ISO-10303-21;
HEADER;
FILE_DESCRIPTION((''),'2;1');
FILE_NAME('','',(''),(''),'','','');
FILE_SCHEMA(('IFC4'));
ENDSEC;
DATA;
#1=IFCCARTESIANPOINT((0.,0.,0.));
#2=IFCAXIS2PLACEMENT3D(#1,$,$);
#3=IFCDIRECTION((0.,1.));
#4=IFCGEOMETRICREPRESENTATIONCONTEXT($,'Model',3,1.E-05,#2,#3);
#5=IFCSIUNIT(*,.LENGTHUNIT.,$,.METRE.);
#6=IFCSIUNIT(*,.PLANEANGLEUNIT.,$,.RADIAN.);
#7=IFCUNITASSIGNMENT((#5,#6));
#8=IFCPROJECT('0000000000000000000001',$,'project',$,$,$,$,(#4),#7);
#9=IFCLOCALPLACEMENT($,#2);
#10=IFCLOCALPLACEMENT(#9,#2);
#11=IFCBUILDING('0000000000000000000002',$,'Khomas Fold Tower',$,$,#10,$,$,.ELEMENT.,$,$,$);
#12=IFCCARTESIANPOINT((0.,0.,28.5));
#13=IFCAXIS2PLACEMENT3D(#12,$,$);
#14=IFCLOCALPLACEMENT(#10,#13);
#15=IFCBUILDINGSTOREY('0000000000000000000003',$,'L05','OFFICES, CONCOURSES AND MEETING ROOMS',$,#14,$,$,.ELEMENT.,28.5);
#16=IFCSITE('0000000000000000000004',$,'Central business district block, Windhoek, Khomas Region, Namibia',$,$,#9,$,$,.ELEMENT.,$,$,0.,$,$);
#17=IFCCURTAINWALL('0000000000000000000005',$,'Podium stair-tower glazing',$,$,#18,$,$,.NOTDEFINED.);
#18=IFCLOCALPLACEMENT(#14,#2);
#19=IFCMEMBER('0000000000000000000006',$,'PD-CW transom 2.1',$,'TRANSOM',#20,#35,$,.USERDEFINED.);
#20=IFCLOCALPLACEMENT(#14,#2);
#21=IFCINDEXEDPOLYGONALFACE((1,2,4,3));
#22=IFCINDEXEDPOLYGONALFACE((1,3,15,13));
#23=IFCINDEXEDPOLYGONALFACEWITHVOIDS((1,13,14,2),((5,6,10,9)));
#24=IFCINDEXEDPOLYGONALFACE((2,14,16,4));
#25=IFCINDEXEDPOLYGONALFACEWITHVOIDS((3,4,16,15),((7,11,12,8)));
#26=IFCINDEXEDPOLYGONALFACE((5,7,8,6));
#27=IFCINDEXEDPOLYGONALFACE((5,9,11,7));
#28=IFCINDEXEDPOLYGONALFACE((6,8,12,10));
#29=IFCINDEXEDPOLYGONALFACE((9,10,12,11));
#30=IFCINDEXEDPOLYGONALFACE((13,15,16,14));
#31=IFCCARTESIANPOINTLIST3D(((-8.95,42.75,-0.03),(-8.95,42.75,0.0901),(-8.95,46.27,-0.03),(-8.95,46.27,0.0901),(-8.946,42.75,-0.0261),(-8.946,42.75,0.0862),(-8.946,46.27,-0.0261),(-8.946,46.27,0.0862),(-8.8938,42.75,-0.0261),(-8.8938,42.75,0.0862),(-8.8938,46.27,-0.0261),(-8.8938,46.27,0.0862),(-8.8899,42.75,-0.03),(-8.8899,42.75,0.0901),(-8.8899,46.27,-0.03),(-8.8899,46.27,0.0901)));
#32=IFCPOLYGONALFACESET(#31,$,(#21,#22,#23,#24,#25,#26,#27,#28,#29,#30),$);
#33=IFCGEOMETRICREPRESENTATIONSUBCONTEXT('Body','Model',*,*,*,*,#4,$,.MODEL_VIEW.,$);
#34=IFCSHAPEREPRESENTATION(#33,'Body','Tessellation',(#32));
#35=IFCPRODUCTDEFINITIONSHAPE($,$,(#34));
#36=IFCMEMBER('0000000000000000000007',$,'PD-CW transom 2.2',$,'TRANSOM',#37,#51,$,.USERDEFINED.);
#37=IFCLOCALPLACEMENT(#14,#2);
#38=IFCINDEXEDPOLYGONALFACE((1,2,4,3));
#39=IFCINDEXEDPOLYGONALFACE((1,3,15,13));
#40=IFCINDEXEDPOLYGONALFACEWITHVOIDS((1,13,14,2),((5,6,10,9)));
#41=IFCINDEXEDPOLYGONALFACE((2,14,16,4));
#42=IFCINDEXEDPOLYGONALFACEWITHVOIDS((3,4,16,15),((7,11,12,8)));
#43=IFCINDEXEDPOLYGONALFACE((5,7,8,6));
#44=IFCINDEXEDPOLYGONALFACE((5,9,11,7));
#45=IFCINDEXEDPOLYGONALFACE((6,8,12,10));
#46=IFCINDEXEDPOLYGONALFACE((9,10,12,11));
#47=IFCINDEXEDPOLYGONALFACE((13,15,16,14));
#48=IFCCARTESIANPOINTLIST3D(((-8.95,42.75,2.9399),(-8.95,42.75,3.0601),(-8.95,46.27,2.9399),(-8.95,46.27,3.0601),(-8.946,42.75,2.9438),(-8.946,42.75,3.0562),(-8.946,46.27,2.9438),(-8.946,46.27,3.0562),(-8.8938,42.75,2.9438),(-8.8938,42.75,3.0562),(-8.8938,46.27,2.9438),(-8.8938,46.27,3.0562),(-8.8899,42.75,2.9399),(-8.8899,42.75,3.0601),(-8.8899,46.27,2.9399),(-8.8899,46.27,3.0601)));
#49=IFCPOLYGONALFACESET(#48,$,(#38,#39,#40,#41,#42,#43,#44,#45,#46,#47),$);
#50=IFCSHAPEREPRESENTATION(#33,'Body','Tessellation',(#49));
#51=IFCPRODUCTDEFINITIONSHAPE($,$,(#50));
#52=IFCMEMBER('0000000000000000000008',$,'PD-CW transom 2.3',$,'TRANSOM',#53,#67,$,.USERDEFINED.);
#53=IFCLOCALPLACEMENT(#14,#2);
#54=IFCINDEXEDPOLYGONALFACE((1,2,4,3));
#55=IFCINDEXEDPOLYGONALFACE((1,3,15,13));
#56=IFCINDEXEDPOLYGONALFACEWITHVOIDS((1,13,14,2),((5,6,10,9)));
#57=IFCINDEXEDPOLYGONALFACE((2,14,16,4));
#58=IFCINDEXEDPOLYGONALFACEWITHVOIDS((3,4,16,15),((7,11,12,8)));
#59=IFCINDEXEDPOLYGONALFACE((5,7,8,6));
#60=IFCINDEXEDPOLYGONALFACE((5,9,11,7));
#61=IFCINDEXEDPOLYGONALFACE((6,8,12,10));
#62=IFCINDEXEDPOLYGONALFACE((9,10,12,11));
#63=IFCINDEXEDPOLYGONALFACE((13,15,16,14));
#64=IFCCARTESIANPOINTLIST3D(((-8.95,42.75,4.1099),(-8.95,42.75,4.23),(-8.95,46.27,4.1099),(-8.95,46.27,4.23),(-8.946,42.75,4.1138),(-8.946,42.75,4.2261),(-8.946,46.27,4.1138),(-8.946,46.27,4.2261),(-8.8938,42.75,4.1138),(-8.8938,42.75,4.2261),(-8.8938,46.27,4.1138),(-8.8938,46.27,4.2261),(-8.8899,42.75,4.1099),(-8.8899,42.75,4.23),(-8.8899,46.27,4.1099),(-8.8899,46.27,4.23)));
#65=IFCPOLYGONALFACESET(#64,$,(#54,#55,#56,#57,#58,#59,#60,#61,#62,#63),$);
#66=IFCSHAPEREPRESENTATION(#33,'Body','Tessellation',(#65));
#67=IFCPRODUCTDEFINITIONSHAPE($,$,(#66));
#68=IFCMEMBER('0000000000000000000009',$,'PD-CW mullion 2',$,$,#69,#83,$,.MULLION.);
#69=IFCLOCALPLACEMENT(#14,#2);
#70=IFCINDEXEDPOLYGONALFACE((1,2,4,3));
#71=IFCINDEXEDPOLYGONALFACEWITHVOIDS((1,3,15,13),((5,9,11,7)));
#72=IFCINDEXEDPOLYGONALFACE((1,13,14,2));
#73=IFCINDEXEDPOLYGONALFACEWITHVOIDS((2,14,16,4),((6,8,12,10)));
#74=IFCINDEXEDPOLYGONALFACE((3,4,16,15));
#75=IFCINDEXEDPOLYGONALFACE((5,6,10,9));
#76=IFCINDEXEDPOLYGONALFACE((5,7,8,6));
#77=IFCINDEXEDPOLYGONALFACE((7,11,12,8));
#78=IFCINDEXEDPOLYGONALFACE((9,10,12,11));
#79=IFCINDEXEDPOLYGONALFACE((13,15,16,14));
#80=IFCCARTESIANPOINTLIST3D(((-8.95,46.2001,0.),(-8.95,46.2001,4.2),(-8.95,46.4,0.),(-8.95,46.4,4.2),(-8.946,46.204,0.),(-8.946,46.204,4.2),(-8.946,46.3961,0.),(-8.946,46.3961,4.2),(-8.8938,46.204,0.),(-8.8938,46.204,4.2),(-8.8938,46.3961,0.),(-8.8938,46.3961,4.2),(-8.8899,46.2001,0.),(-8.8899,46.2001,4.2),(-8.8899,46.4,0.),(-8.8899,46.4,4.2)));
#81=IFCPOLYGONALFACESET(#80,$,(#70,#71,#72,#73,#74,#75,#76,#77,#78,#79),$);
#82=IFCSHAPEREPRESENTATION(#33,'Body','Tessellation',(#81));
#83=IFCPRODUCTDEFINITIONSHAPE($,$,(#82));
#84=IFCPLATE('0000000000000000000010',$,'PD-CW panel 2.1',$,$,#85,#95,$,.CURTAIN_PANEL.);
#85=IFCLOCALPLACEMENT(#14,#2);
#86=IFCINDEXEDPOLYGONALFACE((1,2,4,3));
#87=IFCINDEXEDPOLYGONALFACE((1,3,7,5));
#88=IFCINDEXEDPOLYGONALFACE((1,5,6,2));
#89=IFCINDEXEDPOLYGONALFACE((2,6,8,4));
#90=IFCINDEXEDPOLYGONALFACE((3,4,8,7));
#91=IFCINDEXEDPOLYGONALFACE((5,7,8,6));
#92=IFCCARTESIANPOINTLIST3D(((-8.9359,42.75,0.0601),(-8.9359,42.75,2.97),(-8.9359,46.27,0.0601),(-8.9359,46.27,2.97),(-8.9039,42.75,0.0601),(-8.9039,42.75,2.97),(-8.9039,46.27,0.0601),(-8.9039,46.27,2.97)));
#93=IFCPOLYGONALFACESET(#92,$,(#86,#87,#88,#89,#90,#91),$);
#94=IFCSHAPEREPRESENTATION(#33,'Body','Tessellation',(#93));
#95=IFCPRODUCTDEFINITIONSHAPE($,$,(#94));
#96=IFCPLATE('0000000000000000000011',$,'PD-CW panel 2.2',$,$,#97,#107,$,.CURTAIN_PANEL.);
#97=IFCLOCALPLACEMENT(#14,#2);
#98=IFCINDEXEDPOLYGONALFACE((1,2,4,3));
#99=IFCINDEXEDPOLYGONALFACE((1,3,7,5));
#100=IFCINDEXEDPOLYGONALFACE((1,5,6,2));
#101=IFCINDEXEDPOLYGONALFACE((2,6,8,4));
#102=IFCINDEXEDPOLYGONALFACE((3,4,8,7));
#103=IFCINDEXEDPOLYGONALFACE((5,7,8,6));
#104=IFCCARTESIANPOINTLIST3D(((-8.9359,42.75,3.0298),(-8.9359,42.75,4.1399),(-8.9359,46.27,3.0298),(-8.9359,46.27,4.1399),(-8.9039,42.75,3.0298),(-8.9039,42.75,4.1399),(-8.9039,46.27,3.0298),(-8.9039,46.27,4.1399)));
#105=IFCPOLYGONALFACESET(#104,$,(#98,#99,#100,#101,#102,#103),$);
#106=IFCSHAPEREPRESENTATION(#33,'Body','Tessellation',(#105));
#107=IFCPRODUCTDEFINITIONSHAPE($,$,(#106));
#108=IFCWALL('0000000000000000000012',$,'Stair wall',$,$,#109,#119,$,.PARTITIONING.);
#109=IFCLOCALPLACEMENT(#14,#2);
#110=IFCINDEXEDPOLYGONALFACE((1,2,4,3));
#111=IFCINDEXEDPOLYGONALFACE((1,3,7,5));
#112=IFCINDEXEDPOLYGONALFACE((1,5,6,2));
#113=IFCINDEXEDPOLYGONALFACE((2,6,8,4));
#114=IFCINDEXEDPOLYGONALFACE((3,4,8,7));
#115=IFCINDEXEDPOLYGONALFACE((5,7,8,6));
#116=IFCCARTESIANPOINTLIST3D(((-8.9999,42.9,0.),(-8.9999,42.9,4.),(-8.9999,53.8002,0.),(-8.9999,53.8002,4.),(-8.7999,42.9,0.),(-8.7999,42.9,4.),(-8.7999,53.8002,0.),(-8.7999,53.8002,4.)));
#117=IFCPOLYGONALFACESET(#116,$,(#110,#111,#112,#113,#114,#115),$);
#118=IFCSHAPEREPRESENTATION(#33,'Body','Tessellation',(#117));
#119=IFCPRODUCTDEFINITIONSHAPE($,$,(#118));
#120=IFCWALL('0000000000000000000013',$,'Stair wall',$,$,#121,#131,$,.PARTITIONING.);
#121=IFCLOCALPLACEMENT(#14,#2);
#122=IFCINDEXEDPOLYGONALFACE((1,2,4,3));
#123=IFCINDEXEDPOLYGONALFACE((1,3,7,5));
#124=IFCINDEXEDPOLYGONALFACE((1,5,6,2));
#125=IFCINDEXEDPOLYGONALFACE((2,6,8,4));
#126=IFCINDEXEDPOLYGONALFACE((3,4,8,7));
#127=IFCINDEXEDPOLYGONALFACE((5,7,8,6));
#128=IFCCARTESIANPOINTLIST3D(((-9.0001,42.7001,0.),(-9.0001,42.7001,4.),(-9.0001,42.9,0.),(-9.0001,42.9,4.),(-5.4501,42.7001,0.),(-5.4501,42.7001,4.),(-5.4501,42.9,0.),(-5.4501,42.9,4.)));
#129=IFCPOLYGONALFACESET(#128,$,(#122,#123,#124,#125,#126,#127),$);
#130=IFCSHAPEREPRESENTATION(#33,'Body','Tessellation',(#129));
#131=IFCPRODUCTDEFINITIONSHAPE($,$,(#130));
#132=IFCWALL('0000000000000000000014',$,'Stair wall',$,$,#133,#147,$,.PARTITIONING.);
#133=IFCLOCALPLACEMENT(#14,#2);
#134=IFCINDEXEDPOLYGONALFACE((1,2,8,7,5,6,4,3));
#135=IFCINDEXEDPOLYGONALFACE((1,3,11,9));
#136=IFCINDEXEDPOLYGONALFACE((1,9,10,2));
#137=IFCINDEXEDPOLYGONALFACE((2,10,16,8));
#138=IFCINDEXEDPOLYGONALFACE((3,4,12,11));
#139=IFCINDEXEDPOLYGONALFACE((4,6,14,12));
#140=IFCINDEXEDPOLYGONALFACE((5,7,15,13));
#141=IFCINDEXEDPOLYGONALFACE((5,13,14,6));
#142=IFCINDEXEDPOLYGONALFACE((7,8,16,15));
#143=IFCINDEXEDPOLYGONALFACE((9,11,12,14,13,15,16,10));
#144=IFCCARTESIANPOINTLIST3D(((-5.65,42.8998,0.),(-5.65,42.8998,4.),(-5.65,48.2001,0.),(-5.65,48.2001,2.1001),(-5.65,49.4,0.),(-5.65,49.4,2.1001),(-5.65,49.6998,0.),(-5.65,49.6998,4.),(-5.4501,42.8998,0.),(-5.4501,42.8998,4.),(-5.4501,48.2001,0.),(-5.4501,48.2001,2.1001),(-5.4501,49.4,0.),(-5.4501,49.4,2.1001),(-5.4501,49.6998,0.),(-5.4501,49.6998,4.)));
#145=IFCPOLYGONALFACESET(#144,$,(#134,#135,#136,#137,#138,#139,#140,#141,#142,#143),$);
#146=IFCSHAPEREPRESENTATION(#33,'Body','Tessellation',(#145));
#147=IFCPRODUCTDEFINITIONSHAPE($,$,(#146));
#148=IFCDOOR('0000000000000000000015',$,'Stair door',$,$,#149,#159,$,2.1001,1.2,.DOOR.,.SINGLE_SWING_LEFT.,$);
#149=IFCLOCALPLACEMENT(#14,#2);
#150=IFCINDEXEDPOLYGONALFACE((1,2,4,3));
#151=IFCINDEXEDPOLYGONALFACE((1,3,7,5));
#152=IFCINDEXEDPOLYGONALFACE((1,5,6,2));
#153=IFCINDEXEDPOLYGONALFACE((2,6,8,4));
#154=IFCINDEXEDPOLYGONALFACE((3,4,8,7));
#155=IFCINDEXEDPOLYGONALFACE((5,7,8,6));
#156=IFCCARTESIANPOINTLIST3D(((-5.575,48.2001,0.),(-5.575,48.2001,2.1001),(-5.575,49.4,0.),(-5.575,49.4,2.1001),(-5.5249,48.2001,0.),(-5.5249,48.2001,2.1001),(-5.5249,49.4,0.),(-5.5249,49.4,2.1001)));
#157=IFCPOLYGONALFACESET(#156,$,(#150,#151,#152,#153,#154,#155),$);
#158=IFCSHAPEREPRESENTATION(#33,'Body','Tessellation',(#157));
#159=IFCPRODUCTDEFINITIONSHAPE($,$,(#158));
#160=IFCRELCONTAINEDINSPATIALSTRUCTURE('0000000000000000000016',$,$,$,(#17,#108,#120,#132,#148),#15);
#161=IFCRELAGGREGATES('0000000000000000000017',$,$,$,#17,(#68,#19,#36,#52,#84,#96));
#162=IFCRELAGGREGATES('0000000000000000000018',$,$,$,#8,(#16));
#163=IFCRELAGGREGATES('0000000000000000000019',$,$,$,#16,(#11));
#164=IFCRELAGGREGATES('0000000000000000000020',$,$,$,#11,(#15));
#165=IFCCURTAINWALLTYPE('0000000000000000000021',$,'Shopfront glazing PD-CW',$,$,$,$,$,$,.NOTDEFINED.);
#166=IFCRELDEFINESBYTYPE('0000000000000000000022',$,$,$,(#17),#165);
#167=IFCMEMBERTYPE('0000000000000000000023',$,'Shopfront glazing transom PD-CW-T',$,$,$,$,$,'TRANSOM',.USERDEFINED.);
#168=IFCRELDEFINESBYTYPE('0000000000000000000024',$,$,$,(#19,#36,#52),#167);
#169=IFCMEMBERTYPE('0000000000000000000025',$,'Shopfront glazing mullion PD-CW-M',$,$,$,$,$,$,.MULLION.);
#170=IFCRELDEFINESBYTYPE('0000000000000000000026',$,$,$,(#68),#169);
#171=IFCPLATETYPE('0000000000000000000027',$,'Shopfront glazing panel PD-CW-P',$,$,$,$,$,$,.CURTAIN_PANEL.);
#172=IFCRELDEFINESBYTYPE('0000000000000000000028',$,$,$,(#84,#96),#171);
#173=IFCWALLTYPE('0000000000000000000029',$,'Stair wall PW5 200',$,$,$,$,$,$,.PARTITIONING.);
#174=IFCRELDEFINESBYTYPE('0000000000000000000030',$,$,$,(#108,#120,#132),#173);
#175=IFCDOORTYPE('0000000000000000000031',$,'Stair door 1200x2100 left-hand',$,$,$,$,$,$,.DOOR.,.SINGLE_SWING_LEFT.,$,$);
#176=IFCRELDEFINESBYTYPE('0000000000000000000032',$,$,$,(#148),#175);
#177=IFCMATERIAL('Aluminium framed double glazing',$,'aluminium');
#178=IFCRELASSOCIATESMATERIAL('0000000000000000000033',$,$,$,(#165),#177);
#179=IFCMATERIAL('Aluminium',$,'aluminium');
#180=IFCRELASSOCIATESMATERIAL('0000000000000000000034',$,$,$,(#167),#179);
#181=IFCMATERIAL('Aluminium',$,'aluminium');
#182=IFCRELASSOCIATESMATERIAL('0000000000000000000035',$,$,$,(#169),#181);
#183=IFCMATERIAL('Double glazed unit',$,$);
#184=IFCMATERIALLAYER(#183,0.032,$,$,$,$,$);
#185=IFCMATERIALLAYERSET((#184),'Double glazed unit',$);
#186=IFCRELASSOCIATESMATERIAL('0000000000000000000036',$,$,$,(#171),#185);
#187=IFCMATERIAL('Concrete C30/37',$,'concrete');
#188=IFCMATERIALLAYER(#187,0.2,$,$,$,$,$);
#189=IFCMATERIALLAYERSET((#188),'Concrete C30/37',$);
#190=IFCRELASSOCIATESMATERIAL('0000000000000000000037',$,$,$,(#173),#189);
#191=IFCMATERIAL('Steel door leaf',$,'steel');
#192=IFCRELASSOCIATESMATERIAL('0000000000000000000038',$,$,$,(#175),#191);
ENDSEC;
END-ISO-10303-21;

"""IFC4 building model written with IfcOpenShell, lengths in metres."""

from ifc_helpers import new_model, si_unit, direction, frame, frame_2d, origin, origin_2d, place, context, subcontext, project, spatial, rectangle, hollow_rectangle, extrude, source, transform, mapped, material, layer, layer_set, material_profile, profile_set, type_object, element, fill, aggregate, save


model = new_model("IFC4")

# Units and contexts
model_context = context("Model", 3, precision=1e-05, world=origin(), true_north=direction((0.0, 1.0)))
body_context = subcontext(model_context, "Body", "Model", "MODEL_VIEW")
ifc_project = project(units=[si_unit("LENGTHUNIT", "METRE"), si_unit("PLANEANGLEUNIT", "RADIAN")], contexts=[model_context])

# Site, building, storey
site_placement = place(None, origin())
site = spatial("IfcSite", under=ifc_project, at=site_placement, Name="Central business district block, Windhoek, Khomas Region, Namibia", CompositionType="ELEMENT", RefElevation=0.0)
building_placement = place(site_placement, origin())
building = spatial("IfcBuilding", under=site, at=building_placement, Name="Khomas Fold Tower", CompositionType="ELEMENT")
storey_placement = place(building_placement, frame((0.0, 0.0, 28.5)))
storey = spatial("IfcBuildingStorey", under=building, at=storey_placement, Name="L05", Description="OFFICES, CONCOURSES AND MEETING ROOMS", CompositionType="ELEMENT", Elevation=28.5)

# Curtain wall, members, plates
ifc_material_1 = material(Name="Aluminium framed double glazing", Category="aluminium")
curtain_wall_type = type_object("IfcCurtainWallType", Name="Shopfront glazing PD-CW", PredefinedType="NOTDEFINED", material=ifc_material_1)
curtain_wall_placement = place(storey_placement, origin())
curtain_wall = element("IfcCurtainWall", 1, at=curtain_wall_placement, inside=storey, type_object=curtain_wall_type, Name="Podium stair-tower glazing", PredefinedType="NOTDEFINED")
ifc_material_2 = material(Name="Aluminium", Category="aluminium")
ifc_material_profile_1 = material_profile(ifc_material_2, hollow_rectangle(XDim=0.0601, YDim=0.1201, WallThickness=0.0039, at=origin_2d()), Name="Shopfront glazing transom PD-CW-T")
ifc_profile_set_1 = profile_set([ifc_material_profile_1], Name="Aluminium")
member_type_1 = type_object("IfcMemberType", Name="Shopfront glazing transom PD-CW-T", ElementType="TRANSOM", PredefinedType="USERDEFINED", material=ifc_profile_set_1)
shared_shape_1 = source(origin(), body_context, "Body", "SweptSolid", [
    extrude(hollow_rectangle(XDim=0.0601, YDim=0.1201, WallThickness=0.0039, at=origin_2d()), origin(), (0.0, 0.0, 1.0), 3.52),
])
member_1_placement = place(storey_placement, frame((-8.9199, 46.27, 0.03), z_axis=(0.0, -1.0, 0.0), x_axis=(1.0, 0.0, 0.0)))
member_1 = element("IfcMember", 2, at=member_1_placement, type_object=member_type_1, Name="PD-CW transom 2.1", ObjectType="TRANSOM", PredefinedType="USERDEFINED", context=body_context, shape_type="MappedRepresentation", body=[
    mapped(shared_shape_1, transform((0.0, 0.0, 0.0))),
])
member_2_placement = place(storey_placement, frame((-8.9199, 46.27, 3.0), z_axis=(0.0, -1.0, 0.0), x_axis=(1.0, 0.0, 0.0)))
member_2 = element("IfcMember", 3, at=member_2_placement, type_object=member_type_1, Name="PD-CW transom 2.2", ObjectType="TRANSOM", PredefinedType="USERDEFINED", context=body_context, shape_type="MappedRepresentation", body=[
    mapped(shared_shape_1, transform((0.0, 0.0, 0.0))),
])
member_3_placement = place(storey_placement, frame((-8.9199, 46.27, 4.1699), z_axis=(0.0, -1.0, 0.0), x_axis=(1.0, 0.0, 0.0)))
member_3 = element("IfcMember", 4, at=member_3_placement, type_object=member_type_1, Name="PD-CW transom 2.3", ObjectType="TRANSOM", PredefinedType="USERDEFINED", context=body_context, shape_type="MappedRepresentation", body=[
    mapped(shared_shape_1, transform((0.0, 0.0, 0.0))),
])
ifc_material_3 = material(Name="Aluminium", Category="aluminium")
ifc_material_profile_2 = material_profile(ifc_material_3, hollow_rectangle(XDim=0.0601, YDim=0.2, WallThickness=0.0039, at=origin_2d()), Name="Shopfront glazing mullion PD-CW-M")
ifc_profile_set_2 = profile_set([ifc_material_profile_2], Name="Aluminium")
member_type_2 = type_object("IfcMemberType", Name="Shopfront glazing mullion PD-CW-M", PredefinedType="MULLION", material=ifc_profile_set_2)
shared_shape_2 = source(origin(), body_context, "Body", "SweptSolid", [
    extrude(hollow_rectangle(XDim=0.0601, YDim=0.2, WallThickness=0.0039, at=origin_2d()), origin(), (0.0, 0.0, 1.0), 4.2),
])
member_4_placement = place(storey_placement, frame((-8.9199, 46.3, 0.0), z_axis=(0.0, 0.0, 1.0), x_axis=(1.0, 0.0, 0.0)))
member_4 = element("IfcMember", 5, at=member_4_placement, type_object=member_type_2, Name="PD-CW mullion 2", PredefinedType="MULLION", context=body_context, shape_type="MappedRepresentation", body=[
    mapped(shared_shape_2, transform((0.0, 0.0, 0.0))),
])
ifc_material_4 = material(Name="Double glazed unit")
ifc_layer_1 = layer(ifc_material_4, 0.032)
ifc_layer_set_1 = layer_set([ifc_layer_1], Name="Double glazed unit")
plate_type = type_object("IfcPlateType", Name="Shopfront glazing panel PD-CW-P", PredefinedType="CURTAIN_PANEL", material=ifc_layer_set_1)
shared_shape_3 = source(origin(), body_context, "Body", "SweptSolid", [
    extrude(rectangle(XDim=3.52, YDim=0.032, at=origin_2d()), origin(), (0.0, 0.0, 1.0), 2.9099),
])
plate_1_placement = place(storey_placement, frame((-8.9199, 44.51, 0.0601), z_axis=(0.0, 0.0, 1.0), x_axis=(0.0, -1.0, 0.0)))
plate_1 = element("IfcPlate", 6, at=plate_1_placement, type_object=plate_type, Name="PD-CW panel 2.1", PredefinedType="CURTAIN_PANEL", context=body_context, shape_type="MappedRepresentation", body=[
    mapped(shared_shape_3, transform((0.0, 0.0, 0.0))),
])
shared_shape_4 = source(origin(), body_context, "Body", "SweptSolid", [
    extrude(rectangle(XDim=3.52, YDim=0.032, at=origin_2d()), origin(), (0.0, 0.0, 1.0), 1.1101),
])
plate_2_placement = place(storey_placement, frame((-8.9199, 44.51, 3.0298), z_axis=(0.0, 0.0, 1.0), x_axis=(0.0, -1.0, 0.0)))
plate_2 = element("IfcPlate", 7, at=plate_2_placement, type_object=plate_type, Name="PD-CW panel 2.2", PredefinedType="CURTAIN_PANEL", context=body_context, shape_type="MappedRepresentation", body=[
    mapped(shared_shape_4, transform((0.0, 0.0, 0.0))),
])
aggregate(curtain_wall, [member_4, member_1, member_2, member_3, plate_1, plate_2])

# Walls
ifc_material_5 = material(Name="Concrete C30/37", Category="concrete")
ifc_layer_2 = layer(ifc_material_5, 0.2)
ifc_layer_set_2 = layer_set([ifc_layer_2], Name="Concrete C30/37")
wall_type_1 = type_object("IfcWallType", Name="Stair wall PW5 200", PredefinedType="PARTITIONING", material=ifc_layer_set_2)
shared_shape_5 = source(origin(), body_context, "Body", "SweptSolid", [
    extrude(rectangle(XDim=10.9001, YDim=0.2, at=frame_2d((5.4502, 0.0))), origin(), (0.0, 0.0, 1.0), 4.0),
])
wall_1_placement = place(storey_placement, frame((-8.8999, 42.8999, 0.0), z_axis=(0.0, 0.0, 1.0), x_axis=(0.0, 1.0, 0.0)))
element("IfcWall", 8, at=wall_1_placement, inside=storey, type_object=wall_type_1, Name="Stair wall", PredefinedType="PARTITIONING", context=body_context, shape_type="MappedRepresentation", body=[
    mapped(shared_shape_5, transform((0.0, 0.0, 0.0))),
])
shared_shape_6 = source(origin(), body_context, "Body", "SweptSolid", [
    extrude(rectangle(XDim=3.55, YDim=0.2, at=frame_2d((1.7749, 0.0))), origin(), (0.0, 0.0, 1.0), 4.0),
])
wall_2_placement = place(storey_placement, frame((-9.0, 42.8, 0.0), z_axis=(0.0, 0.0, 1.0), x_axis=(1.0, 0.0, 0.0)))
element("IfcWall", 9, at=wall_2_placement, inside=storey, type_object=wall_type_1, Name="Stair wall", PredefinedType="PARTITIONING", context=body_context, shape_type="MappedRepresentation", body=[
    mapped(shared_shape_6, transform((0.0, 0.0, 0.0))),
])

# Wall, opening, door
shared_shape_7 = source(origin(), body_context, "Body", "SweptSolid", [
    extrude(rectangle(XDim=6.8, YDim=0.2, at=frame_2d((3.3999, 0.0))), origin(), (0.0, 0.0, 1.0), 4.0),
])
wall_3_placement = place(storey_placement, frame((-5.55, 42.8999, 0.0), z_axis=(0.0, 0.0, 1.0), x_axis=(0.0, 1.0, 0.0)))
wall_3 = element("IfcWall", 10, at=wall_3_placement, inside=storey, type_object=wall_type_1, Name="Stair wall", PredefinedType="PARTITIONING", context=body_context, shape_type="MappedRepresentation", body=[
    mapped(shared_shape_7, transform((0.0, 0.0, 0.0))),
])
shared_shape_8 = source(origin(), body_context, "Body", "SweptSolid", [
    extrude(rectangle(XDim=1.2, YDim=2.1001, at=frame_2d((0.6001, 1.05))), frame((0.0, 0.1099, 0.0), z_axis=(0.0, -1.0, 0.0), x_axis=(1.0, 0.0, 0.0)), (0.0, 0.0, 1.0), 0.22),
])
opening_1_placement = place(wall_3_placement, frame((5.3, 0.0, 0.0)))
opening_1 = element("IfcOpeningElement", 11, at=opening_1_placement, cuts=wall_3, PredefinedType="OPENING", context=body_context, shape_type="MappedRepresentation", body=[
    mapped(shared_shape_8, transform((0.0, 0.0, 0.0))),
])
ifc_material_6 = material(Name="Steel door leaf", Category="steel")
door_type_1 = type_object("IfcDoorType", Name="Stair door 1200x2100 left-hand", OperationType="SINGLE_SWING_LEFT", PredefinedType="DOOR", material=ifc_material_6)
shared_shape_9 = source(origin(), body_context, "Body", "SweptSolid", [
    extrude(rectangle(XDim=1.2, YDim=2.1001, at=frame_2d((0.6001, 1.05))), frame((0.0, 0.0249, 0.0), z_axis=(0.0, -1.0, 0.0), x_axis=(1.0, 0.0, 0.0)), (0.0, 0.0, 1.0), 0.05),
])
door_1_placement = place(opening_1_placement, origin())
door_1 = element("IfcDoor", 12, at=door_1_placement, inside=storey, type_object=door_type_1, Name="Stair door", OperationType="SINGLE_SWING_LEFT", OverallHeight=2.1001, OverallWidth=1.2, PredefinedType="DOOR", context=body_context, shape_type="MappedRepresentation", body=[
    mapped(shared_shape_9, transform((0.0, 0.0, 0.0))),
])
fill(opening_1, door_1)

save(model, "model.ifc")
